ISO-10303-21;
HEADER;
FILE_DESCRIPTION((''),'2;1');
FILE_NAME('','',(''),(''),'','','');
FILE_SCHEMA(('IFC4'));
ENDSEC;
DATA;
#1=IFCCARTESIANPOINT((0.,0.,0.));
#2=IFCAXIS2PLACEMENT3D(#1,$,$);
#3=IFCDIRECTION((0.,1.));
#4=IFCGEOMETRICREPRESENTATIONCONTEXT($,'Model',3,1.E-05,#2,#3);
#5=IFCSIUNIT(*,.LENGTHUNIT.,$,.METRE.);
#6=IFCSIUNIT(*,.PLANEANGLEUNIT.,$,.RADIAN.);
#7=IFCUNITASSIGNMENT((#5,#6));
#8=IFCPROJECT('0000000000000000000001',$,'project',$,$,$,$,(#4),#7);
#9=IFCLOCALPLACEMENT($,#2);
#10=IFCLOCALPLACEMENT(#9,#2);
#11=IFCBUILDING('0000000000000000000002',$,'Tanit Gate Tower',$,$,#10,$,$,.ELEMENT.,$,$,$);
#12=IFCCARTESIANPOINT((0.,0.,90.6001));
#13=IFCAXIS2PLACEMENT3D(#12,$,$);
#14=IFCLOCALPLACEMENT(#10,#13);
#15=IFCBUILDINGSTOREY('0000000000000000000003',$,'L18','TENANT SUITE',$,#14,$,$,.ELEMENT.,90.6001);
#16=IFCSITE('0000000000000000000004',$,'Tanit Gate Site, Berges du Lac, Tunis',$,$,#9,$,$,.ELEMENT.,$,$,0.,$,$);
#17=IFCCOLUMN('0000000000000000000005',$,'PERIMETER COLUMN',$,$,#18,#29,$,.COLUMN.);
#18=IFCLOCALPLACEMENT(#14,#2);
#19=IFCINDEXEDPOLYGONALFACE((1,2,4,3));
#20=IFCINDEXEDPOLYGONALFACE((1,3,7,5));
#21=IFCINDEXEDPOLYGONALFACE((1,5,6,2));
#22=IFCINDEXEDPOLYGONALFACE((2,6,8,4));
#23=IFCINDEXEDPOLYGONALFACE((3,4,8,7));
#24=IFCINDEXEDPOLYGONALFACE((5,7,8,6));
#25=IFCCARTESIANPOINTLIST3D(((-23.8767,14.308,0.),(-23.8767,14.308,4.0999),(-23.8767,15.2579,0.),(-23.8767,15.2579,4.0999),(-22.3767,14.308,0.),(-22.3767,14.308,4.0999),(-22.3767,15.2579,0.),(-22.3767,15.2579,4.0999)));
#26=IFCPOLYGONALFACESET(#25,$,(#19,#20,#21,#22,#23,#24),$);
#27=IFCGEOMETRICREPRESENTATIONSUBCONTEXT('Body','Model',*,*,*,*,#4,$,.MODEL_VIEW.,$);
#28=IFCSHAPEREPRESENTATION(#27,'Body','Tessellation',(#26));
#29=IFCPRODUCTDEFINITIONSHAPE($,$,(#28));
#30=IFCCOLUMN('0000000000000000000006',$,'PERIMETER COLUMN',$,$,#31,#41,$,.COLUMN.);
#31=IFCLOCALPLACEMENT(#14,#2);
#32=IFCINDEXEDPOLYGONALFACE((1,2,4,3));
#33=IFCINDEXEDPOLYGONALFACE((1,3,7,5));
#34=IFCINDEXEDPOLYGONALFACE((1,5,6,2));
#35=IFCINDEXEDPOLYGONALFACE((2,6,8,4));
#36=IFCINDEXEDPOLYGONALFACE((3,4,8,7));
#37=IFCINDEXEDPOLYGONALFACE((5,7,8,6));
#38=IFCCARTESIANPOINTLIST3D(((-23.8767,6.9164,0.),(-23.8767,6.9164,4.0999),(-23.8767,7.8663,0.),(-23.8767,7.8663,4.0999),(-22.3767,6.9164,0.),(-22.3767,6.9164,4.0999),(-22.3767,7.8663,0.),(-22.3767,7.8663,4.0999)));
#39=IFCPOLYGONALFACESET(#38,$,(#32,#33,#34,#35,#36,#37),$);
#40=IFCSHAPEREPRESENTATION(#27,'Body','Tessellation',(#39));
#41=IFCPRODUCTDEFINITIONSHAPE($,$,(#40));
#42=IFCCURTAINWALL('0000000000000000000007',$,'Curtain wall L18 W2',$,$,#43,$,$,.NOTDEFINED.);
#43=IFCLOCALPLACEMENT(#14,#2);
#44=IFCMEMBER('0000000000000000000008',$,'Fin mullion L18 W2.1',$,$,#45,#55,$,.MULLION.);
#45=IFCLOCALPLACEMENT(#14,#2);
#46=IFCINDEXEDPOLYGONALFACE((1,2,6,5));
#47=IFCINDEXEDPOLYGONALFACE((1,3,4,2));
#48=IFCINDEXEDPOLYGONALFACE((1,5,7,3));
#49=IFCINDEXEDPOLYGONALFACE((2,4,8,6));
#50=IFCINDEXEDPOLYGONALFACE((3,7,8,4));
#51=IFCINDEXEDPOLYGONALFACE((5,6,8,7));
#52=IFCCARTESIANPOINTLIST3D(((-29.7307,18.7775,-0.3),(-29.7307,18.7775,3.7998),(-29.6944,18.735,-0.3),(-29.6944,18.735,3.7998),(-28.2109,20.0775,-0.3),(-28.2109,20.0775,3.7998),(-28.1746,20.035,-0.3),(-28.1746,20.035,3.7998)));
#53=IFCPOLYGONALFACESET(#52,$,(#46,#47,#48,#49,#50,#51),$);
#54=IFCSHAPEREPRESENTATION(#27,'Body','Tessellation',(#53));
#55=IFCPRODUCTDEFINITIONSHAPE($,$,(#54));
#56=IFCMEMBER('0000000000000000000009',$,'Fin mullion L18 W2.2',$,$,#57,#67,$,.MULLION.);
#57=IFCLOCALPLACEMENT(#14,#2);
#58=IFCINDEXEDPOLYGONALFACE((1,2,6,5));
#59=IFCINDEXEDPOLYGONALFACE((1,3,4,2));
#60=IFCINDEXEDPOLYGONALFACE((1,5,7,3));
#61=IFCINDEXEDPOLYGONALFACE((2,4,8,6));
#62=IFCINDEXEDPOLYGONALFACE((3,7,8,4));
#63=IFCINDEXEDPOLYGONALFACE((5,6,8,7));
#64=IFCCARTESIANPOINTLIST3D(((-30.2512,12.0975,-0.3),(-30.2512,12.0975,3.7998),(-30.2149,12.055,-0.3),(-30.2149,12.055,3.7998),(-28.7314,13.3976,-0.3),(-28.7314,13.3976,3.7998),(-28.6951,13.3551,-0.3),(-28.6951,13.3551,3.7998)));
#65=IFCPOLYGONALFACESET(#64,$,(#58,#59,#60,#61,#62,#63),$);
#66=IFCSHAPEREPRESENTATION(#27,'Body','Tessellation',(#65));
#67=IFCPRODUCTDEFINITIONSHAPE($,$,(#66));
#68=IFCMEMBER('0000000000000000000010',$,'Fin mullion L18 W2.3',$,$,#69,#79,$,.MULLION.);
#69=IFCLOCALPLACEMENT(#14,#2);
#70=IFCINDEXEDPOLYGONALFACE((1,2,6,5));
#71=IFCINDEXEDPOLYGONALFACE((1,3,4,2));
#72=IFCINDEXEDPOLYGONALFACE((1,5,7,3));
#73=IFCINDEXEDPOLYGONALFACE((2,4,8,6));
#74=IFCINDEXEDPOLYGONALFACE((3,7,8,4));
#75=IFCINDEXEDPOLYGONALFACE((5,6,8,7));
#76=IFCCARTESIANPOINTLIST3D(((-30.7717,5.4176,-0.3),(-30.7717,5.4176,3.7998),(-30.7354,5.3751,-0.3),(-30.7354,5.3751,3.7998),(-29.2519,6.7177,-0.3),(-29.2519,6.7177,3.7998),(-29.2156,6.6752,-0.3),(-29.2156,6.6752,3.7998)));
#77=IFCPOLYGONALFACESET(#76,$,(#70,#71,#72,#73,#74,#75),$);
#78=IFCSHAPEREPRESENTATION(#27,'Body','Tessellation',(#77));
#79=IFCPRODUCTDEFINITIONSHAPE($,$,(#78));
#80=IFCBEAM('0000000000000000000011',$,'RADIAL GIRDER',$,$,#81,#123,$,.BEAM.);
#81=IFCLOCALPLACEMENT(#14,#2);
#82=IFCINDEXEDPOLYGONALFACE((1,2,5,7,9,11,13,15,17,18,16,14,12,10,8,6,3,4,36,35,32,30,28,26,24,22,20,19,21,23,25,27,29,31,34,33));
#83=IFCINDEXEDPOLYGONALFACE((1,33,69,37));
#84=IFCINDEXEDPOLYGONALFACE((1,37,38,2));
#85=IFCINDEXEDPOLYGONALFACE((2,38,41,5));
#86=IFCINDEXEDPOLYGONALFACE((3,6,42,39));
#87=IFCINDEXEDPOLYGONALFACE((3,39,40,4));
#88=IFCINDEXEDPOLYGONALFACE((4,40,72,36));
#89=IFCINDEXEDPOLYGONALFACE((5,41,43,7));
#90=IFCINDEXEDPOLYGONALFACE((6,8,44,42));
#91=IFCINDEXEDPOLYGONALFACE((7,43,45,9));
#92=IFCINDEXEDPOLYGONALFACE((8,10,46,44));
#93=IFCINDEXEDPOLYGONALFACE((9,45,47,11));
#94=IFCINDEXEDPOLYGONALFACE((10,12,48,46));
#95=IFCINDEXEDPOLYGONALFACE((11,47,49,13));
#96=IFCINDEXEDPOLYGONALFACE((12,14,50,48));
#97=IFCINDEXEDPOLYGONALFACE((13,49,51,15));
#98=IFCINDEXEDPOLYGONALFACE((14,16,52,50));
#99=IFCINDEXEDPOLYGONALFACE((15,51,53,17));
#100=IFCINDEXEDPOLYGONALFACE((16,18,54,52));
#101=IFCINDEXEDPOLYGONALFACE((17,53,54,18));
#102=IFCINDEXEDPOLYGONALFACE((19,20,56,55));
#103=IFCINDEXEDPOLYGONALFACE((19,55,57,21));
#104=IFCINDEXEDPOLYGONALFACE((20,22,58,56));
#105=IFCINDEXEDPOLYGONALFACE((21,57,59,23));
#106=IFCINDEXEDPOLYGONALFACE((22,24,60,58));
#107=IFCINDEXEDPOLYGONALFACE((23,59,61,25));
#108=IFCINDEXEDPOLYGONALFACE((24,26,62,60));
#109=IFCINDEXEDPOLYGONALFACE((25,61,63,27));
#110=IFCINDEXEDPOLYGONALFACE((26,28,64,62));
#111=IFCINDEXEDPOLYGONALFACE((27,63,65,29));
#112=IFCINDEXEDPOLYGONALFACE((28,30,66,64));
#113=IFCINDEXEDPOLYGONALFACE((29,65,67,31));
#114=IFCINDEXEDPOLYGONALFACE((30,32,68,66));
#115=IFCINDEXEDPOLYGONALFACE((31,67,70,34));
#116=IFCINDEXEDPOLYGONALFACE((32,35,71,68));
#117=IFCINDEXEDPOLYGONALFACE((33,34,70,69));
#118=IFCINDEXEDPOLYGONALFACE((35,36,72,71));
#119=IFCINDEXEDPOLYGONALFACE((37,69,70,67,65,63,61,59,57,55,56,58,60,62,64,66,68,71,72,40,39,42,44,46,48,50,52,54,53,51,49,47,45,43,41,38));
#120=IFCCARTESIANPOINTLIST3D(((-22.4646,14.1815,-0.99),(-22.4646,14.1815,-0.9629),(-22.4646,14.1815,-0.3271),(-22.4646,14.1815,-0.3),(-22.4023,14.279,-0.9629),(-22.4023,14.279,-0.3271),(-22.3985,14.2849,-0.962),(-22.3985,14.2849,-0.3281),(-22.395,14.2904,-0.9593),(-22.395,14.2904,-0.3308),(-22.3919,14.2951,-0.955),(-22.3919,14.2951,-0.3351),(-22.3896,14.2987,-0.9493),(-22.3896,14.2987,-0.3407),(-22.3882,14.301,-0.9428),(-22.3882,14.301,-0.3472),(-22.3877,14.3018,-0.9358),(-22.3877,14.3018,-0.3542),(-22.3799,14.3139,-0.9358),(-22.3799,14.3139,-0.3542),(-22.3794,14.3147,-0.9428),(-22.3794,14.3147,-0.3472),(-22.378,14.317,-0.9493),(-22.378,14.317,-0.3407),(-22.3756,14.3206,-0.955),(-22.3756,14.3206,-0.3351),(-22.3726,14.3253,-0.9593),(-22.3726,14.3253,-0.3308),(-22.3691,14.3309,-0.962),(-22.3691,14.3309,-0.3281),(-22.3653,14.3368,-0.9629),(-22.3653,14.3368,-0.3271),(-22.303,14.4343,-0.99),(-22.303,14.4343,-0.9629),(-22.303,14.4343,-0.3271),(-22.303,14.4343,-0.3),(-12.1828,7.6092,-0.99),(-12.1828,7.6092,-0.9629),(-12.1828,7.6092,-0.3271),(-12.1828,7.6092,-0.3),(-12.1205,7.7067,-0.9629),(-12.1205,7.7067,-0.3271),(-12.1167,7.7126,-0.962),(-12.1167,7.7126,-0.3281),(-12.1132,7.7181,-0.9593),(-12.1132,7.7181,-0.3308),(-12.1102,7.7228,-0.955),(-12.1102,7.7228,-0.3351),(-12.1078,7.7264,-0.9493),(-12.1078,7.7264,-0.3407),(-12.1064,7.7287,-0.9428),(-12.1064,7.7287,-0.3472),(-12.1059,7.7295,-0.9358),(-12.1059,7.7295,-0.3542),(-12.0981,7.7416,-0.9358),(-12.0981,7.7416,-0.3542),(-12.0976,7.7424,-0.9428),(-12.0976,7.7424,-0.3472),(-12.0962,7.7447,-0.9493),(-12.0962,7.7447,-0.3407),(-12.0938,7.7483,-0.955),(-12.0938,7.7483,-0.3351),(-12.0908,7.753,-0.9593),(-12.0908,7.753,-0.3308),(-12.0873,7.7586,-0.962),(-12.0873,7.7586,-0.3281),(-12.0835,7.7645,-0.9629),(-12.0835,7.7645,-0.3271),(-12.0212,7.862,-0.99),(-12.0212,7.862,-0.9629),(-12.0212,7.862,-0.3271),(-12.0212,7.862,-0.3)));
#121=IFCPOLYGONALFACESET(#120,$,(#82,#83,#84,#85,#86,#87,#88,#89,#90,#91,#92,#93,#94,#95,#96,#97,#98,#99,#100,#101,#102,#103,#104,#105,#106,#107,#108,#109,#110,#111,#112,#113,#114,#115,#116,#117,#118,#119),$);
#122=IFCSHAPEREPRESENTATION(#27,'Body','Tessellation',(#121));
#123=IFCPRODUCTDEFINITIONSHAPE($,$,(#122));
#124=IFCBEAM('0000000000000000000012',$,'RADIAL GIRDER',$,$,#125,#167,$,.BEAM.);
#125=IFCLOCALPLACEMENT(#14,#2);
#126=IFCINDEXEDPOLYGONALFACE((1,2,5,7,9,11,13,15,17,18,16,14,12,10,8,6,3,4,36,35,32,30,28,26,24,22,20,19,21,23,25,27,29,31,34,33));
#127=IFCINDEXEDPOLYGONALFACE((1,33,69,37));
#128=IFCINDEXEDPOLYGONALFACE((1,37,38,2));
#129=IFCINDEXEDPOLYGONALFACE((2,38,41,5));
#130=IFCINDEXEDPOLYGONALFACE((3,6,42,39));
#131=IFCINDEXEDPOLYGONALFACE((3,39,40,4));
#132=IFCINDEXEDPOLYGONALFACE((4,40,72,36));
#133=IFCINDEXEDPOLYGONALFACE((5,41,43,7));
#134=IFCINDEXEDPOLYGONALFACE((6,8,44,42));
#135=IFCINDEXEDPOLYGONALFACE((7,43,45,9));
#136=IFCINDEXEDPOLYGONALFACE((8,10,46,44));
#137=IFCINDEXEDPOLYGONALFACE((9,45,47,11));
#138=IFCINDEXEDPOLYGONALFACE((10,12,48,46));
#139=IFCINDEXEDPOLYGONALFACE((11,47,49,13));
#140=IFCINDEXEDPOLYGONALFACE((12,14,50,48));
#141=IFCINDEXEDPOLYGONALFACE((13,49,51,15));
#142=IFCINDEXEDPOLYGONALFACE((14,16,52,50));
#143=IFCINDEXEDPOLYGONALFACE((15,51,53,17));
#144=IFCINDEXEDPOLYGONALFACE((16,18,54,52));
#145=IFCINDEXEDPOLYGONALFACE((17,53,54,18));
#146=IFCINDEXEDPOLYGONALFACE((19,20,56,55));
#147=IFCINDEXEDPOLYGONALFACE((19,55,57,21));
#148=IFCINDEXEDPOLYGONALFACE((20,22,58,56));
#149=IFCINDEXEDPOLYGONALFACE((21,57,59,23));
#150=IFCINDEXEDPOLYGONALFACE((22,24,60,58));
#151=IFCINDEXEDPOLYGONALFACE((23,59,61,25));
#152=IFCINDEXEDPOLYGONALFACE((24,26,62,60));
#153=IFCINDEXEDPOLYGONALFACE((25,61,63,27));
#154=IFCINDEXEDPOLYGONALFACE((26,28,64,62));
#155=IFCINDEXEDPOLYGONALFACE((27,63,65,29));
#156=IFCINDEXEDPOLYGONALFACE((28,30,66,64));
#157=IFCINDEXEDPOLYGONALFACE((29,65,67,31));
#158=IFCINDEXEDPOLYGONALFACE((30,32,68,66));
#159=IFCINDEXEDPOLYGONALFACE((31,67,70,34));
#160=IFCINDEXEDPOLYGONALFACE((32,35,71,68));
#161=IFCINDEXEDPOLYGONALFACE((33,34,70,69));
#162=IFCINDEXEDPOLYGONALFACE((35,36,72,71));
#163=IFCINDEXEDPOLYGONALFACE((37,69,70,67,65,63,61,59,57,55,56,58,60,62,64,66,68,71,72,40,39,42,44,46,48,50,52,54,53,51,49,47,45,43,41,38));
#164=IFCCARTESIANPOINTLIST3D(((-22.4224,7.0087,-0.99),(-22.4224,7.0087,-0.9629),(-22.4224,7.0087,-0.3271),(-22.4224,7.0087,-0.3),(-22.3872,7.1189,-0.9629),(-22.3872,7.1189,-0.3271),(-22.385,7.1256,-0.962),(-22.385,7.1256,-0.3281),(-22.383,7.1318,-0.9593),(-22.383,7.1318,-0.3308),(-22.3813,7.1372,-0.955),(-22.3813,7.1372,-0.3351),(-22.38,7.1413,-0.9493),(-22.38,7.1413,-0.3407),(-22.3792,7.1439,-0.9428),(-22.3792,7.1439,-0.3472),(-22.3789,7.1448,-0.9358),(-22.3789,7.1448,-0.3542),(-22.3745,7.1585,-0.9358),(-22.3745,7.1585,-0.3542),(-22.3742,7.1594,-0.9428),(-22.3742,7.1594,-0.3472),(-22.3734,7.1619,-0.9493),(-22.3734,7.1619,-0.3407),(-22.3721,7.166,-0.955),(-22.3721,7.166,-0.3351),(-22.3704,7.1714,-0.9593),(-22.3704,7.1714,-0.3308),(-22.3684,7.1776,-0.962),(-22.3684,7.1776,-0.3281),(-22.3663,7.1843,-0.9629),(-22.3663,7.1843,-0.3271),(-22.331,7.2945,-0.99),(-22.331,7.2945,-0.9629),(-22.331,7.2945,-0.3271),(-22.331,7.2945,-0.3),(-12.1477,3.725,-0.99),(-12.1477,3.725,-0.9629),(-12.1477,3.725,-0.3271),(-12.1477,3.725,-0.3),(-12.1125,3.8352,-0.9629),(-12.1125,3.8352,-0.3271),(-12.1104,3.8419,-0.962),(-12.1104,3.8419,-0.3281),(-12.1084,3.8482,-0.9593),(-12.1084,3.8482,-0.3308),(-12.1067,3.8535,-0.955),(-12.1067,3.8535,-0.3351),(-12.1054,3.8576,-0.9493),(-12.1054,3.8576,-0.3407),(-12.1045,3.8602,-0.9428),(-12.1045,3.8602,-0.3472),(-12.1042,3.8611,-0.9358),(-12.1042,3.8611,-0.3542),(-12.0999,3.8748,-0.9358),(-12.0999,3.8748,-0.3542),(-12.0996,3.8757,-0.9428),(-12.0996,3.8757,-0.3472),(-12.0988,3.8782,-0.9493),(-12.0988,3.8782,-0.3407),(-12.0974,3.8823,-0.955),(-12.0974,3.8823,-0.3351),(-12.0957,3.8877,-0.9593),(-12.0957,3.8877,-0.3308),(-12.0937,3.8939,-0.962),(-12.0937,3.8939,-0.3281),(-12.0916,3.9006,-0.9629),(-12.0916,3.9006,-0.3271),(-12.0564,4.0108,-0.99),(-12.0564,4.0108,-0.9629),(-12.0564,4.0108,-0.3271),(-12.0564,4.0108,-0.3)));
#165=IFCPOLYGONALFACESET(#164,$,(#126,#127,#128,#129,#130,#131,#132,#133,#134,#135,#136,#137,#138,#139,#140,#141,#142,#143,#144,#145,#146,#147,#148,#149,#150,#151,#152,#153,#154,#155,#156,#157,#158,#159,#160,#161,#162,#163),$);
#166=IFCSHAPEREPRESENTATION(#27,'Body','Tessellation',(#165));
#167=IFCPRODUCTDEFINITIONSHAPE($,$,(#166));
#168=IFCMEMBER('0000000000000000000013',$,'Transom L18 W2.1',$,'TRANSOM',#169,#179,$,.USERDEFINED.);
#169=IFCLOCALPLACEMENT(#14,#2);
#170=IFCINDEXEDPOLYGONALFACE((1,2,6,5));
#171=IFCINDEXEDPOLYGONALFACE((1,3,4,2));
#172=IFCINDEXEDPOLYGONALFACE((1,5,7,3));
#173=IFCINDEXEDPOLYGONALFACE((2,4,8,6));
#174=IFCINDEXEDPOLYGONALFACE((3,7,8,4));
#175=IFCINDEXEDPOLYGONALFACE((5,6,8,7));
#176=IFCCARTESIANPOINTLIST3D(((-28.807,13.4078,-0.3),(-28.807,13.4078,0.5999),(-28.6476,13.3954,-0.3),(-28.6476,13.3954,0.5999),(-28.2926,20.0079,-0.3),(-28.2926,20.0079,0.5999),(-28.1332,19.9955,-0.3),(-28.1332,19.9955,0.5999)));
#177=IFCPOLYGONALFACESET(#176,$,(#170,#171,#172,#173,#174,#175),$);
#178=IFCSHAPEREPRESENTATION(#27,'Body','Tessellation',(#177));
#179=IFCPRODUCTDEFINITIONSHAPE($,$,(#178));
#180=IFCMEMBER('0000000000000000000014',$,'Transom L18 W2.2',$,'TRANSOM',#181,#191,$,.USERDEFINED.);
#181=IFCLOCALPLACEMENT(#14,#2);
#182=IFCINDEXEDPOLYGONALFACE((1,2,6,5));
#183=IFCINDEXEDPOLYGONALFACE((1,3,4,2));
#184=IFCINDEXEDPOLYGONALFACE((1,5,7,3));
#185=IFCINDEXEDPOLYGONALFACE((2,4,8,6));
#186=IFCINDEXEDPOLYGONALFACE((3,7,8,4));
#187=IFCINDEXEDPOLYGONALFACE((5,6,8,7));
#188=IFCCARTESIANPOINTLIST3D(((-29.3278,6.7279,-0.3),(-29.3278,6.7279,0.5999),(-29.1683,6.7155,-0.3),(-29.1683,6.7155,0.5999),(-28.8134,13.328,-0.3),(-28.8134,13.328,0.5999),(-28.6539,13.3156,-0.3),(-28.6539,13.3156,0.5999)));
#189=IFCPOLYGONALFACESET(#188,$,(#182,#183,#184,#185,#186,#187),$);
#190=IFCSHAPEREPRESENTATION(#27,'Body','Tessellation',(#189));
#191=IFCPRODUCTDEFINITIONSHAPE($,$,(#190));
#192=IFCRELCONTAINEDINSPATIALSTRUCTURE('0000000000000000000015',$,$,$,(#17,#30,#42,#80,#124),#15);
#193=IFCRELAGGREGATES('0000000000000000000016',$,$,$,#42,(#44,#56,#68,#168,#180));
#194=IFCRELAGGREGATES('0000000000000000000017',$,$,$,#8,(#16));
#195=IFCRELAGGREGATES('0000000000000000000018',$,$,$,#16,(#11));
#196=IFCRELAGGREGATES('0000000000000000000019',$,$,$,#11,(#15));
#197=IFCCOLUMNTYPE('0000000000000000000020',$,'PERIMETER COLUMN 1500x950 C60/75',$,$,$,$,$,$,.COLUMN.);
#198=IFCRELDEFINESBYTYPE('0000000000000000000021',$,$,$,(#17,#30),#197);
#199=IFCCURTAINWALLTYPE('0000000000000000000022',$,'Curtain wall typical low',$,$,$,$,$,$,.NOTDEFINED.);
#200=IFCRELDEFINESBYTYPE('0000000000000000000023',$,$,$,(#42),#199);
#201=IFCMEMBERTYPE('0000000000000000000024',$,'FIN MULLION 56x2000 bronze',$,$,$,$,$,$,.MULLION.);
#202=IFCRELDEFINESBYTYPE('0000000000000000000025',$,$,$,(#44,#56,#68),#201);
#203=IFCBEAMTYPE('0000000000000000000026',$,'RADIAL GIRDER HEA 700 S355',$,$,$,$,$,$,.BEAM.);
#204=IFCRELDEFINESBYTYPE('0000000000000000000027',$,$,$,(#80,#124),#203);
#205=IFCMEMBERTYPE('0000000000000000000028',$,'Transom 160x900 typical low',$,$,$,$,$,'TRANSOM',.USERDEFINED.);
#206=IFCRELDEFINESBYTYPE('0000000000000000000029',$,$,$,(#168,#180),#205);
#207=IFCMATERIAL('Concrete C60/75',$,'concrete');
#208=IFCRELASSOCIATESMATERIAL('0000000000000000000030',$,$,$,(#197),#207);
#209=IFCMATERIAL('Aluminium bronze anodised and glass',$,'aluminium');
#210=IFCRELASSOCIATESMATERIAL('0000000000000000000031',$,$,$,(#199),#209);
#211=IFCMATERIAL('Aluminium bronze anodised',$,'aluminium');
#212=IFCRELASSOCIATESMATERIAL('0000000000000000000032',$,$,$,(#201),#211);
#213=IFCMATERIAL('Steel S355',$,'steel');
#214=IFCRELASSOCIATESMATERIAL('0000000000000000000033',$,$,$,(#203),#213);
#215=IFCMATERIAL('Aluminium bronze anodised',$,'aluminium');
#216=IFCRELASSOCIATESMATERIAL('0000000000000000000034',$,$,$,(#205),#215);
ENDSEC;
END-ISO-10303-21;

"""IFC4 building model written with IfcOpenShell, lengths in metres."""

from ifc_helpers import new_model, si_unit, direction, frame, origin, origin_2d, place, context, subcontext, project, spatial, rectangle, i_section, extrude, material, material_profile, profile_set, type_object, element, aggregate, save


model = new_model("IFC4")

# Units and contexts
model_context = context("Model", 3, precision=1e-05, world=origin(), true_north=direction((0.0, 1.0)))
body_context = subcontext(model_context, "Body", "Model", "MODEL_VIEW")
ifc_project = project(units=[si_unit("LENGTHUNIT", "METRE"), si_unit("PLANEANGLEUNIT", "RADIAN")], contexts=[model_context])

# Site, building, storey
site_placement = place(None, origin())
site = spatial("IfcSite", under=ifc_project, at=site_placement, Name="Tanit Gate Site, Berges du Lac, Tunis", CompositionType="ELEMENT", RefElevation=0.0)
building_placement = place(site_placement, origin())
building = spatial("IfcBuilding", under=site, at=building_placement, Name="Tanit Gate Tower", CompositionType="ELEMENT")
storey_placement = place(building_placement, frame((0.0, 0.0, 90.6001)))
storey = spatial("IfcBuildingStorey", under=building, at=storey_placement, Name="L18", Description="TENANT SUITE", CompositionType="ELEMENT", Elevation=90.6001)

# Columns
ifc_material_1 = material(Name="Concrete C60/75", Category="concrete")
ifc_material_profile_1 = material_profile(ifc_material_1, rectangle(XDim=1.5, YDim=0.95, at=origin_2d()), Name="RC 1500x950")
ifc_profile_set_1 = profile_set([ifc_material_profile_1], Name="Concrete C60/75")
column_type = type_object("IfcColumnType", Name="PERIMETER COLUMN 1500x950 C60/75", PredefinedType="COLUMN", material=ifc_profile_set_1)
for number, where, z_axis, x_axis, name in (
    (1, (-23.1267, 14.783, 0.0), (0.0, 0.0, 1.0), (-1.0, 0.0, 0.0), "PERIMETER COLUMN"),
    (2, (-23.1267, 7.3914, 0.0), (0.0, 0.0, 1.0), (-1.0, 0.0, 0.0), "PERIMETER COLUMN"),
):
    element("IfcColumn", number, at=place(storey_placement, frame(where, z_axis=z_axis, x_axis=x_axis)), inside=storey, type_object=column_type, Name=name, PredefinedType="COLUMN", context=body_context, shape_type="SweptSolid", body=[
        extrude(rectangle(XDim=1.5, YDim=0.95, at=origin_2d()), origin(), (0.0, 0.0, 1.0), 4.0999),
    ])

# Curtain wall, members
ifc_material_2 = material(Name="Aluminium bronze anodised and glass", Category="aluminium")
curtain_wall_type = type_object("IfcCurtainWallType", Name="Curtain wall typical low", PredefinedType="NOTDEFINED", material=ifc_material_2)
curtain_wall_placement = place(storey_placement, origin())
curtain_wall = element("IfcCurtainWall", 3, at=curtain_wall_placement, inside=storey, type_object=curtain_wall_type, Name="Curtain wall L18 W2", PredefinedType="NOTDEFINED")
ifc_material_3 = material(Name="Aluminium bronze anodised", Category="aluminium")
ifc_material_profile_2 = material_profile(ifc_material_3, rectangle(XDim=2.0, YDim=0.0559, at=origin_2d()), Name="56x2000 bronze fin mullion")
ifc_profile_set_2 = profile_set([ifc_material_profile_2], Name="Aluminium bronze anodised")
member_type_1 = type_object("IfcMemberType", Name="FIN MULLION 56x2000 bronze", PredefinedType="MULLION", material=ifc_profile_set_2)
member_1_placement = place(storey_placement, frame((-28.9526, 19.4062, -0.3), z_axis=(0.0, 0.0, 1.0), x_axis=(0.759912, 0.650026, 0.0)))
member_1 = element("IfcMember", 4, at=member_1_placement, type_object=member_type_1, Name="Fin mullion L18 W2.1", PredefinedType="MULLION", context=body_context, shape_type="SweptSolid", body=[
    extrude(rectangle(XDim=2.0, YDim=0.0559, at=origin_2d()), origin(), (0.0, 0.0, 1.0), 4.0999),
])
member_2_placement = place(storey_placement, frame((-29.4731, 12.7263, -0.3), z_axis=(0.0, 0.0, 1.0), x_axis=(0.759912, 0.650026, 0.0)))
member_2 = element("IfcMember", 5, at=member_2_placement, type_object=member_type_1, Name="Fin mullion L18 W2.2", PredefinedType="MULLION", context=body_context, shape_type="SweptSolid", body=[
    extrude(rectangle(XDim=2.0, YDim=0.0559, at=origin_2d()), origin(), (0.0, 0.0, 1.0), 4.0999),
])
member_3_placement = place(storey_placement, frame((-29.9937, 6.0464, -0.3), z_axis=(0.0, 0.0, 1.0), x_axis=(0.759912, 0.650026, 0.0)))
member_3 = element("IfcMember", 6, at=member_3_placement, type_object=member_type_1, Name="Fin mullion L18 W2.3", PredefinedType="MULLION", context=body_context, shape_type="SweptSolid", body=[
    extrude(rectangle(XDim=2.0, YDim=0.0559, at=origin_2d()), origin(), (0.0, 0.0, 1.0), 4.0999),
])

# Beams
ifc_material_4 = material(Name="Steel S355", Category="steel")
ifc_material_profile_3 = material_profile(ifc_material_4, i_section(OverallWidth=0.3, OverallDepth=0.6899, WebThickness=0.0144, FlangeThickness=0.0271, FilletRadius=0.0271, at=origin_2d()), Name="HEA 700")
ifc_profile_set_3 = profile_set([ifc_material_profile_3], Name="Steel S355")
beam_type = type_object("IfcBeamType", Name="RADIAL GIRDER HEA 700 S355", PredefinedType="BEAM", material=ifc_profile_set_3)
beam_1_placement = place(storey_placement, frame((-22.3838, 14.3079, -0.645), z_axis=(0.842571, -0.538586, 0.0), x_axis=(0.538586, 0.842571, 0.0)))
element("IfcBeam", 7, at=beam_1_placement, inside=storey, type_object=beam_type, Name="RADIAL GIRDER", PredefinedType="BEAM", context=body_context, shape_type="SweptSolid", body=[
    extrude(i_section(OverallWidth=0.3, OverallDepth=0.6899, WebThickness=0.0144, FlangeThickness=0.0271, FilletRadius=0.0271, at=origin_2d()), origin(), (0.0, 0.0, 1.0), 12.2029),
])
beam_2_placement = place(storey_placement, frame((-22.3767, 7.1516, -0.645), z_axis=(0.952537, -0.304423, 0.0), x_axis=(0.304423, 0.952537, 0.0)))
element("IfcBeam", 8, at=beam_2_placement, inside=storey, type_object=beam_type, Name="RADIAL GIRDER", PredefinedType="BEAM", context=body_context, shape_type="SweptSolid", body=[
    extrude(i_section(OverallWidth=0.3, OverallDepth=0.6899, WebThickness=0.0144, FlangeThickness=0.0271, FilletRadius=0.0271, at=origin_2d()), origin(), (0.0, 0.0, 1.0), 10.7866),
])

# Members
ifc_material_5 = material(Name="Aluminium bronze anodised", Category="aluminium")
ifc_material_profile_4 = material_profile(ifc_material_5, rectangle(XDim=0.1599, YDim=0.8999, at=origin_2d()), Name="160x900 bronze transom")
ifc_profile_set_4 = profile_set([ifc_material_profile_4], Name="Aluminium bronze anodised")
member_type_2 = type_object("IfcMemberType", Name="Transom 160x900 typical low", ElementType="TRANSOM", PredefinedType="USERDEFINED", material=ifc_profile_set_4)
member_4_placement = place(storey_placement, frame((-28.2129, 20.0017, 0.1499), z_axis=(-0.077703, -0.996977, 0.0), x_axis=(0.996977, -0.077703, 0.0)))
member_4 = element("IfcMember", 9, at=member_4_placement, type_object=member_type_2, Name="Transom L18 W2.1", ObjectType="TRANSOM", PredefinedType="USERDEFINED", context=body_context, shape_type="SweptSolid", body=[
    extrude(rectangle(XDim=0.1599, YDim=0.8999, at=origin_2d()), origin(), (0.0, 0.0, 1.0), 6.6201),
])
member_5_placement = place(storey_placement, frame((-28.7336, 13.3218, 0.1499), z_axis=(-0.077703, -0.996977, 0.0), x_axis=(0.996977, -0.077703, 0.0)))
member_5 = element("IfcMember", 10, at=member_5_placement, type_object=member_type_2, Name="Transom L18 W2.2", ObjectType="TRANSOM", PredefinedType="USERDEFINED", context=body_context, shape_type="SweptSolid", body=[
    extrude(rectangle(XDim=0.1599, YDim=0.8999, at=origin_2d()), origin(), (0.0, 0.0, 1.0), 6.6201),
])

aggregate(curtain_wall, [member_1, member_2, member_3, member_4, member_5])

save(model, "model.ifc")
